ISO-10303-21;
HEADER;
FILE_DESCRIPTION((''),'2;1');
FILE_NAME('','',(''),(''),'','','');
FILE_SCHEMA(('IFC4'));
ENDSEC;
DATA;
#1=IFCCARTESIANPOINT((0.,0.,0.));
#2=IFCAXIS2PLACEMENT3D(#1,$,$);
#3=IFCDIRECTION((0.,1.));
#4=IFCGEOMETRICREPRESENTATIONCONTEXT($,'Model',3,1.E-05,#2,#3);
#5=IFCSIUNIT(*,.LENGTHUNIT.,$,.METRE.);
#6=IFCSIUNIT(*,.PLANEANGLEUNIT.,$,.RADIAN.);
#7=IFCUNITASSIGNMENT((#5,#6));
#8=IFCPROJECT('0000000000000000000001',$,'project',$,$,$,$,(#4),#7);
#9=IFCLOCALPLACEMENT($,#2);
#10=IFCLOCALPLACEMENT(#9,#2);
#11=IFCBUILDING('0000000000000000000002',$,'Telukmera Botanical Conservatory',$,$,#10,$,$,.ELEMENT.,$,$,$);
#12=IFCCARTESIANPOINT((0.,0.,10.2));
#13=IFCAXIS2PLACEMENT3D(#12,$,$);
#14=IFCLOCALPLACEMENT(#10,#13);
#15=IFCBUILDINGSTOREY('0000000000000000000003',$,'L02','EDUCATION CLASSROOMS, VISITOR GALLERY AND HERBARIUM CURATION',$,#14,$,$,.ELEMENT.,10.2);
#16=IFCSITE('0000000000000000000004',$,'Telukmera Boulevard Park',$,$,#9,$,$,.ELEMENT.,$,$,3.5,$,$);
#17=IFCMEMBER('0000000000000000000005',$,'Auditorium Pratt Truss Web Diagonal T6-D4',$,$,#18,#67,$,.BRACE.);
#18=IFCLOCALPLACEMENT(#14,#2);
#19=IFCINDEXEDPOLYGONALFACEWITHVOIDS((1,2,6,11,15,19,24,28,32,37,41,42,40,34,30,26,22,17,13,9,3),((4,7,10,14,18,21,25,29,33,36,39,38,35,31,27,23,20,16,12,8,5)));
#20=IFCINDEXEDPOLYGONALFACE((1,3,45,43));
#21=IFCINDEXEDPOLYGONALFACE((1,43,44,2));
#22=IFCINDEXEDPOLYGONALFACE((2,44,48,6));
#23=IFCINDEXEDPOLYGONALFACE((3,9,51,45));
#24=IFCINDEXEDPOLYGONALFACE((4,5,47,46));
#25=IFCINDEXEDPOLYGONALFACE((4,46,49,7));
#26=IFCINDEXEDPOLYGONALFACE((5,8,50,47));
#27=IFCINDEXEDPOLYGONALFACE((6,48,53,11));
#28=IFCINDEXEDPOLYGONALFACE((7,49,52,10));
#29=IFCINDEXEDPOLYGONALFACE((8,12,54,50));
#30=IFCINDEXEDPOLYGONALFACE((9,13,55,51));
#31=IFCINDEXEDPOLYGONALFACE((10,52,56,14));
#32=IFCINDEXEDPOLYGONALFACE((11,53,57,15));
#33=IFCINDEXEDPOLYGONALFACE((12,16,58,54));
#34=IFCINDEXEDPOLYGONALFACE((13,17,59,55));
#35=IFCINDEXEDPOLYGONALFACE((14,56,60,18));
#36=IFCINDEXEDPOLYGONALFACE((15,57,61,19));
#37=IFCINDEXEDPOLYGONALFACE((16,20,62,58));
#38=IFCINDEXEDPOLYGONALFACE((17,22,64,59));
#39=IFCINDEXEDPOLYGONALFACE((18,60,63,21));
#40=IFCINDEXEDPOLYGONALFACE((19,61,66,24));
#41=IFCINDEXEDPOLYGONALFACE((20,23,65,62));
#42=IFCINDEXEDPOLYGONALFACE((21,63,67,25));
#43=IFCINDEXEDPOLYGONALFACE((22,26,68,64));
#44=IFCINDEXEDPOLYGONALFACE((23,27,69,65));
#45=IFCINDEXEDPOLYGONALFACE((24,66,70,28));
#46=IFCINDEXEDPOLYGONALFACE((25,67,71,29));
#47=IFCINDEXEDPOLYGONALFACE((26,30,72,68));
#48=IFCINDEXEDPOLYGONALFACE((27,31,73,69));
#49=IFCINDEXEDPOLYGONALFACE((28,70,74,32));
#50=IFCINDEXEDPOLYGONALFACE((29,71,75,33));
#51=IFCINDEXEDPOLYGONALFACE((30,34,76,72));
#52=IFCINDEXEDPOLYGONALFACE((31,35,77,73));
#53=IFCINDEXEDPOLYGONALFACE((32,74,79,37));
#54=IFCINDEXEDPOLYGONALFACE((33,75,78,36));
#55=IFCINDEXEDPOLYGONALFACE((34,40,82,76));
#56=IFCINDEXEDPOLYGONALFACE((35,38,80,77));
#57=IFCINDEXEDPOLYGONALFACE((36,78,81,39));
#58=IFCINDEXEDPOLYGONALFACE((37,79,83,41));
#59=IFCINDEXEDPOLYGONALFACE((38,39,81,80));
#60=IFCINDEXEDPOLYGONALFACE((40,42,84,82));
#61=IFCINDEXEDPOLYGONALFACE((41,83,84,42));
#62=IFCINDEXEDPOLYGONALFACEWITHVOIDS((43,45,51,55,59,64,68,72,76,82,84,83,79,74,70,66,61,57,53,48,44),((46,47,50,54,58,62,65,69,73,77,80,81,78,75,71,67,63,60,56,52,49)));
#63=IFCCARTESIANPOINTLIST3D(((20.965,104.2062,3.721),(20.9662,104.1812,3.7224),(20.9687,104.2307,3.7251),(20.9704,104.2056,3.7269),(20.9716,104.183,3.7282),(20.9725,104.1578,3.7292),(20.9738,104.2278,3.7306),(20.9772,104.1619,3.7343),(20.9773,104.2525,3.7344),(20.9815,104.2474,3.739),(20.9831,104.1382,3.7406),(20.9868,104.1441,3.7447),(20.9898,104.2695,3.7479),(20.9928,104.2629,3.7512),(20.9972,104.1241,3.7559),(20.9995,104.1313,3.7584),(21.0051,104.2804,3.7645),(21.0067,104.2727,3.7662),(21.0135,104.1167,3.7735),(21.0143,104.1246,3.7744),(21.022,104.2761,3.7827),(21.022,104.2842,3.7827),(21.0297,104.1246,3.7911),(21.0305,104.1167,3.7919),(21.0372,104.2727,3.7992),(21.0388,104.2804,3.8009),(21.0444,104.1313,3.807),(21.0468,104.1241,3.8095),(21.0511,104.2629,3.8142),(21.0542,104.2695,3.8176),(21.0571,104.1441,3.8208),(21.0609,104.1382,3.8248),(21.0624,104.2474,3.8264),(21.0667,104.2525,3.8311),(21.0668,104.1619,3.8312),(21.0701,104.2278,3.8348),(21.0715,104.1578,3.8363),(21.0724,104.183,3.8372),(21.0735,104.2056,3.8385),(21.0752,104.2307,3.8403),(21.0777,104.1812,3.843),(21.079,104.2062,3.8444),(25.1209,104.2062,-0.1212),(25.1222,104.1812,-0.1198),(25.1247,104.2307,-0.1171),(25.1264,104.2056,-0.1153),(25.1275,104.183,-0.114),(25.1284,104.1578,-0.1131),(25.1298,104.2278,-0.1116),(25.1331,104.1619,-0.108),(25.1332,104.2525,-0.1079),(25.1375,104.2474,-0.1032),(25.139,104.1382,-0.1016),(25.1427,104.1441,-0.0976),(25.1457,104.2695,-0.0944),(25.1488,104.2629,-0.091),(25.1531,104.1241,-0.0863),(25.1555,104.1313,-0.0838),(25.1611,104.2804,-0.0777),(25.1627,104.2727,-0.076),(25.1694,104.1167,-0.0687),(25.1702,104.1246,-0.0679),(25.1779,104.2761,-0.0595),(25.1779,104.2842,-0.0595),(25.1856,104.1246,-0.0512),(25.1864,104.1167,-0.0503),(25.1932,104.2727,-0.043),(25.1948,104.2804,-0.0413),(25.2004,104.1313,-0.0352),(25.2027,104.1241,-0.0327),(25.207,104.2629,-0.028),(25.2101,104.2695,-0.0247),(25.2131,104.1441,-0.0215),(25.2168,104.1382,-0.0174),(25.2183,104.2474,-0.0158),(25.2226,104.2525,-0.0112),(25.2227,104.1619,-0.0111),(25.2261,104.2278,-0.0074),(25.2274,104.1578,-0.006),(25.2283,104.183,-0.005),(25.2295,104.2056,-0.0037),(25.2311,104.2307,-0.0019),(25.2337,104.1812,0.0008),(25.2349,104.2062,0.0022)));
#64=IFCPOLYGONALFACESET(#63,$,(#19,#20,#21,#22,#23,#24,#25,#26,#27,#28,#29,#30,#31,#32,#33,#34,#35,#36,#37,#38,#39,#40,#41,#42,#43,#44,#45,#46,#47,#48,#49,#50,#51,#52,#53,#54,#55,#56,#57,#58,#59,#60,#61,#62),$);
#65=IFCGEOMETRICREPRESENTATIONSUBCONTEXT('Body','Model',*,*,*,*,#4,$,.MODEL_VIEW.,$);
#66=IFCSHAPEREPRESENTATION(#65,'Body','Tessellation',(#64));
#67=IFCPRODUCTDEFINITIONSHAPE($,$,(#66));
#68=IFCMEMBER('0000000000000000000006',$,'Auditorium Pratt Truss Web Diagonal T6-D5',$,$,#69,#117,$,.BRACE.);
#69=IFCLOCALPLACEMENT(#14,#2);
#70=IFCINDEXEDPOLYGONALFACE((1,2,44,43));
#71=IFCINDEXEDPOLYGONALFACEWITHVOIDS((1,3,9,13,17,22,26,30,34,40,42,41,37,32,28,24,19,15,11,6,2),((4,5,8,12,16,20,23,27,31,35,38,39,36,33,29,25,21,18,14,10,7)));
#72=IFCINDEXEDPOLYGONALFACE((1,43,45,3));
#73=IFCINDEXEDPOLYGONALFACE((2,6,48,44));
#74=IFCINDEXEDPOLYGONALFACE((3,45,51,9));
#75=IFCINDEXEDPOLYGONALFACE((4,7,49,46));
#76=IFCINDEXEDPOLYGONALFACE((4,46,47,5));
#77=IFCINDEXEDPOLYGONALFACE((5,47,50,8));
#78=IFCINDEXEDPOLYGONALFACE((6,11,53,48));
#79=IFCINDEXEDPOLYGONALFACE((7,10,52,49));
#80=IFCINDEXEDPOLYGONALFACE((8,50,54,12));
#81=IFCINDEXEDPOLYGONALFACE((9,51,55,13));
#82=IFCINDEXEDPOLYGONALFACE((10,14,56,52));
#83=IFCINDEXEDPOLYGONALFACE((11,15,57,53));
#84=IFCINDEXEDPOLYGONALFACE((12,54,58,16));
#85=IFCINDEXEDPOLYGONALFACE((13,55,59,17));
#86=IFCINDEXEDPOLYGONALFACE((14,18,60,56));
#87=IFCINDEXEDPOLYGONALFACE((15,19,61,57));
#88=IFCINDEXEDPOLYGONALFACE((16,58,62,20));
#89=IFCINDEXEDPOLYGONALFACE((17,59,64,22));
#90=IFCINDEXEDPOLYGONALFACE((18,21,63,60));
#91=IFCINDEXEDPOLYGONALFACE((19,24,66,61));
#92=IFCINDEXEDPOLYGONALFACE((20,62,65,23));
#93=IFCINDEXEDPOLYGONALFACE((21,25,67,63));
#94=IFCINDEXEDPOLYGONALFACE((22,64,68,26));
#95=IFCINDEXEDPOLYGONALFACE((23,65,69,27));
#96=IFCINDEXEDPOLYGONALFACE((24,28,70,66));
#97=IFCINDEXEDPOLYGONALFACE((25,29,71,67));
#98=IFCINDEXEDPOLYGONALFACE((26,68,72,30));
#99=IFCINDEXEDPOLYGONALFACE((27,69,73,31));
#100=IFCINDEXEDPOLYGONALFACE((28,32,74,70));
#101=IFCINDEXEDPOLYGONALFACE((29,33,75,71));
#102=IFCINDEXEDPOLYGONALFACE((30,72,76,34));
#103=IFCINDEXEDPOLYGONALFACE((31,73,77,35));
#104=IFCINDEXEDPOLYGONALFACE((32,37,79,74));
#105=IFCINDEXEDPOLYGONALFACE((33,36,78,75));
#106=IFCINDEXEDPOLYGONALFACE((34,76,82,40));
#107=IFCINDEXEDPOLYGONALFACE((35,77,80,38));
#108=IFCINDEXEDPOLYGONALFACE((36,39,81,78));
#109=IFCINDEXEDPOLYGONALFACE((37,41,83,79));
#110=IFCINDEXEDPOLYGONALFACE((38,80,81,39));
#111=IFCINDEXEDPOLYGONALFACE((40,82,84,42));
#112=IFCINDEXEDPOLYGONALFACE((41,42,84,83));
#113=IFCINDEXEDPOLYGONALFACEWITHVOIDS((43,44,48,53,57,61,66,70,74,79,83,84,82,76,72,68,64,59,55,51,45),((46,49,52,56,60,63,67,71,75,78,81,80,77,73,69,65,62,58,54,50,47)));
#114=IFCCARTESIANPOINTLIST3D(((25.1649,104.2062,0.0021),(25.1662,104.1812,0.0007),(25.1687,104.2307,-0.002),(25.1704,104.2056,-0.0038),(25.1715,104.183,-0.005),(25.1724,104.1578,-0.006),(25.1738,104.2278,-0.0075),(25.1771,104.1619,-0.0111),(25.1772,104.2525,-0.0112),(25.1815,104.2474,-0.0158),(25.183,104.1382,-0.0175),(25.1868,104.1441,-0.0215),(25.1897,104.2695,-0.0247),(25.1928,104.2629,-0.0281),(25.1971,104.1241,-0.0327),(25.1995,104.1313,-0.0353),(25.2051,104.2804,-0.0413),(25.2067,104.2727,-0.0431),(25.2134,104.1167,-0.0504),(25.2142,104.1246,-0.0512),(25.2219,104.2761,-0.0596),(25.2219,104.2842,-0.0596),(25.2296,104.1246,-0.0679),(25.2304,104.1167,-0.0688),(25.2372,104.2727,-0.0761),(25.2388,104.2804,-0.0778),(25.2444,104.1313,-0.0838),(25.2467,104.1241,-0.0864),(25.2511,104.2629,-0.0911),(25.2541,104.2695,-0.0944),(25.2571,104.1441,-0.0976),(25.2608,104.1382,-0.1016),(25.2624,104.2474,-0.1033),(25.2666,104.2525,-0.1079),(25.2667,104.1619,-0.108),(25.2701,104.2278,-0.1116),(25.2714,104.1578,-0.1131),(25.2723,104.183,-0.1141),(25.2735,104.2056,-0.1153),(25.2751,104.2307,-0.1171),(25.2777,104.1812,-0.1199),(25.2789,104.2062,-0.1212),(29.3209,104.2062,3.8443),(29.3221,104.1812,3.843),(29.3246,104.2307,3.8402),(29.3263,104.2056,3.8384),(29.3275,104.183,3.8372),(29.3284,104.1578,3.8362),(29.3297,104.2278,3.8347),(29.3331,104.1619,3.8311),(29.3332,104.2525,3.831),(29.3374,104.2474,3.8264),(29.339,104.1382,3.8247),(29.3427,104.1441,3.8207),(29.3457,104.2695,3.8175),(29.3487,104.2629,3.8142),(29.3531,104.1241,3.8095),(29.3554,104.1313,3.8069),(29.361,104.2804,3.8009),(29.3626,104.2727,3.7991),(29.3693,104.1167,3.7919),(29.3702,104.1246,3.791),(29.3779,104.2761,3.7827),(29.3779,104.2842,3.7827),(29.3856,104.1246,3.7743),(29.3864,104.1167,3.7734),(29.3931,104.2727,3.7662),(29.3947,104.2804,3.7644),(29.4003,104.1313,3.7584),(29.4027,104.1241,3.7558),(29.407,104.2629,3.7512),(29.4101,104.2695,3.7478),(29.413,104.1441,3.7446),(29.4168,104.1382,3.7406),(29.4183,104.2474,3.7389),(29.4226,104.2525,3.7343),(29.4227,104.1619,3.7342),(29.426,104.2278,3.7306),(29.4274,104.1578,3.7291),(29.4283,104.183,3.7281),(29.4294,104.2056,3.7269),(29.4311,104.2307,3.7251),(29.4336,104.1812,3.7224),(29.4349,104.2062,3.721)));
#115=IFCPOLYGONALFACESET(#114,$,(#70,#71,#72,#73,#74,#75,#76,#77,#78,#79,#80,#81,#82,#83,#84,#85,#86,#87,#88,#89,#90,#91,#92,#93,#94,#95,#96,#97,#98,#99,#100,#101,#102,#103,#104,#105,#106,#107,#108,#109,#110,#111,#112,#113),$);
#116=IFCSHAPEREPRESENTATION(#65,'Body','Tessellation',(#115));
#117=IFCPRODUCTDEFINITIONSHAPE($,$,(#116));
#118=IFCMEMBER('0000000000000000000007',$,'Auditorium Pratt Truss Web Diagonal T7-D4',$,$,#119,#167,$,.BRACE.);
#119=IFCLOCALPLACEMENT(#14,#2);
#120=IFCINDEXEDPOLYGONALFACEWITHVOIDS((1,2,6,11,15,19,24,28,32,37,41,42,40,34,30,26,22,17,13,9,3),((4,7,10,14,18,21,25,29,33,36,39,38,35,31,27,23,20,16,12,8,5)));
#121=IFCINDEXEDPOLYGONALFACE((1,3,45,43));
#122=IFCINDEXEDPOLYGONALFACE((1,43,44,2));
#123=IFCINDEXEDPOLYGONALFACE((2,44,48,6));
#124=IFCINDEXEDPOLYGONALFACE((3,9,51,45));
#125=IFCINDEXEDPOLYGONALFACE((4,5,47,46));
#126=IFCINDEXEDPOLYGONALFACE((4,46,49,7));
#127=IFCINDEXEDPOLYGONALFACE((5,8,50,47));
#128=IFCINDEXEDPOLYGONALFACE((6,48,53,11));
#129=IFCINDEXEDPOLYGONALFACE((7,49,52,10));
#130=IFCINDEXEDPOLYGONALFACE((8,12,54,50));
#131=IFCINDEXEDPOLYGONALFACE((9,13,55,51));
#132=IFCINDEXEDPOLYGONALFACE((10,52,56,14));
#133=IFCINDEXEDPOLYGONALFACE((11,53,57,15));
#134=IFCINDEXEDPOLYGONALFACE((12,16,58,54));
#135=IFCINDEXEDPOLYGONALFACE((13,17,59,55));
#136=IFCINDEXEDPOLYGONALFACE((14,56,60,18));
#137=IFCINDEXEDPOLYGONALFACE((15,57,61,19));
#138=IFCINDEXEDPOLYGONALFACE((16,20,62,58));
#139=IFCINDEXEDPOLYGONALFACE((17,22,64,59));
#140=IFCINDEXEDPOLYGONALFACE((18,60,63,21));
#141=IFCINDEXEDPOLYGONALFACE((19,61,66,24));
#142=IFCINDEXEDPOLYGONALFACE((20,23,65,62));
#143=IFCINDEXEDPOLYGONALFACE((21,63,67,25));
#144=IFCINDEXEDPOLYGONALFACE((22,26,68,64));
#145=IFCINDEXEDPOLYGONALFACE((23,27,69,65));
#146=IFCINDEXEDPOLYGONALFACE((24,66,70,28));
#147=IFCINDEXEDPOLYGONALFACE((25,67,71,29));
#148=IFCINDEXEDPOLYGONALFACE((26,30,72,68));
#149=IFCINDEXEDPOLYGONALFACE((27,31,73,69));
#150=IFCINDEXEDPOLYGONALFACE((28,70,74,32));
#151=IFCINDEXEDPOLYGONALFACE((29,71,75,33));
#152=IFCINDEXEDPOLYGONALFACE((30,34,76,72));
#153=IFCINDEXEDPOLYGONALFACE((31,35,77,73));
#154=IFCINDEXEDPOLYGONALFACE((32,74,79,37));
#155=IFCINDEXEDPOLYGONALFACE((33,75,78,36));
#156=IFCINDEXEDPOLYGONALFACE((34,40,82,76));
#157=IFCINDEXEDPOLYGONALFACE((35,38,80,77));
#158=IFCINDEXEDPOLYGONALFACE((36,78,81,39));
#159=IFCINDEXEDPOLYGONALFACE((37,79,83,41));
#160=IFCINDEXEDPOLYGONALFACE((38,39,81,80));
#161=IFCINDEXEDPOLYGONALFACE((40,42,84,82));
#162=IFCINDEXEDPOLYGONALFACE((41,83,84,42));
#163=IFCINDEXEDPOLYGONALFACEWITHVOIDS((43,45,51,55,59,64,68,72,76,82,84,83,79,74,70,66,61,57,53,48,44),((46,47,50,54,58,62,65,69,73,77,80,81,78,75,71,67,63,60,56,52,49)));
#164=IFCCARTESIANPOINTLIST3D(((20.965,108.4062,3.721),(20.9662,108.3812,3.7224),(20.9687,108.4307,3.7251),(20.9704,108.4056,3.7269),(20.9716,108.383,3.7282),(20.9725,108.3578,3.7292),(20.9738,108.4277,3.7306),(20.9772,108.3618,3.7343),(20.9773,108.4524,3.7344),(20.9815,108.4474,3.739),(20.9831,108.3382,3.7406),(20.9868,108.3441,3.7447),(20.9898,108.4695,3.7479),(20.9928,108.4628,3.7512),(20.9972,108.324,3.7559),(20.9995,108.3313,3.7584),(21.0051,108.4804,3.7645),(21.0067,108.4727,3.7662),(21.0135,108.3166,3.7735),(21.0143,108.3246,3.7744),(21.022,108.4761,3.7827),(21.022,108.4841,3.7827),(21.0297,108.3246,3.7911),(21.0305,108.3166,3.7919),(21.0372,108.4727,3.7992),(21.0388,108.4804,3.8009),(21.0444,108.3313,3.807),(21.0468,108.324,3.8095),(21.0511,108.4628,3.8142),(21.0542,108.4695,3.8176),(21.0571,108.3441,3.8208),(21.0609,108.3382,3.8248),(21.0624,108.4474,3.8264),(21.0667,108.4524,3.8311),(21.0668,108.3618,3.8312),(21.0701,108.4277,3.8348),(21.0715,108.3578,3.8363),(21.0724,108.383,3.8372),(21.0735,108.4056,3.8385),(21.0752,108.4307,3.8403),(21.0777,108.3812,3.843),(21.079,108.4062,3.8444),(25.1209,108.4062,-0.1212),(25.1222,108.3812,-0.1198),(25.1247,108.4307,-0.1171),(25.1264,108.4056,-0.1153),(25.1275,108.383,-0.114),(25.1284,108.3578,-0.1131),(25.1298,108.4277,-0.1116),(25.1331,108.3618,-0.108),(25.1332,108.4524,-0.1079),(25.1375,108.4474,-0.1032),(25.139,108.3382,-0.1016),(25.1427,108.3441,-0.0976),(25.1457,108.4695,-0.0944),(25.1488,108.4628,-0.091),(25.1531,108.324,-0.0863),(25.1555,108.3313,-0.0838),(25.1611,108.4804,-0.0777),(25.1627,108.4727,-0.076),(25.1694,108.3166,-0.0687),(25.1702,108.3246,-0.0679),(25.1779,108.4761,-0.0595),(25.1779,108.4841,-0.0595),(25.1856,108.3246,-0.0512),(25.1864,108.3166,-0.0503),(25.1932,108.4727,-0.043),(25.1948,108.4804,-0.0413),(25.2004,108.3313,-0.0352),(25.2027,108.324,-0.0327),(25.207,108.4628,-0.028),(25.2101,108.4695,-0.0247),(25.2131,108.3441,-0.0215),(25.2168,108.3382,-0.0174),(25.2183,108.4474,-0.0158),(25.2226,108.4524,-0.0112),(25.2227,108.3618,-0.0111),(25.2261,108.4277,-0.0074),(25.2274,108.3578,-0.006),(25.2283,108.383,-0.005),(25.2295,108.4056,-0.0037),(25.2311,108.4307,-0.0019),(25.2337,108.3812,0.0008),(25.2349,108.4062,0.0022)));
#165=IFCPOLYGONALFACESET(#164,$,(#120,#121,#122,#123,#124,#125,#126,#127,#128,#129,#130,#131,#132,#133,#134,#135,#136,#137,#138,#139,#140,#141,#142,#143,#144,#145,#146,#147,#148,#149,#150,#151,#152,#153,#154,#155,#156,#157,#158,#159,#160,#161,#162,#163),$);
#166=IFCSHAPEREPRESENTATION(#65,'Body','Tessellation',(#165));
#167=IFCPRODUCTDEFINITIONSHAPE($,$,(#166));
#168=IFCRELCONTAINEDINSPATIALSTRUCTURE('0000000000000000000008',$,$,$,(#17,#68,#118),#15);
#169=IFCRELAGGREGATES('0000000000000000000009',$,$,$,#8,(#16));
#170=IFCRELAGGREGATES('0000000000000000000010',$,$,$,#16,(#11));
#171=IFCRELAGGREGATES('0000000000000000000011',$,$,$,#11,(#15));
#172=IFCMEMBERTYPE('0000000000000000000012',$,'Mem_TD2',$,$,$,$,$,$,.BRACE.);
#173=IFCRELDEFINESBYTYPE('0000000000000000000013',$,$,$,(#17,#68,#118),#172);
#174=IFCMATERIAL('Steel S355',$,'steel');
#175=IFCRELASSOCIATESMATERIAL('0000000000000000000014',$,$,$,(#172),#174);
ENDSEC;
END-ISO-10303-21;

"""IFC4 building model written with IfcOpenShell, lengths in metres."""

from ifc_helpers import new_model, si_unit, direction, frame, origin, origin_2d, place, context, subcontext, project, spatial, hollow_circle, extrude, material, material_profile, profile_set, type_object, element, save


model = new_model("IFC4")

# Units and contexts
model_context = context("Model", 3, precision=1e-05, world=origin(), true_north=direction((0.0, 1.0)))
body_context = subcontext(model_context, "Body", "Model", "MODEL_VIEW")
ifc_project = project(units=[si_unit("LENGTHUNIT", "METRE"), si_unit("PLANEANGLEUNIT", "RADIAN")], contexts=[model_context])

# Site, building, storey
site_placement = place(None, origin())
site = spatial("IfcSite", under=ifc_project, at=site_placement, Name="Telukmera Boulevard Park", CompositionType="ELEMENT", RefElevation=3.5)
building_placement = place(site_placement, origin())
building = spatial("IfcBuilding", under=site, at=building_placement, Name="Telukmera Botanical Conservatory", CompositionType="ELEMENT")
storey_placement = place(building_placement, frame((0.0, 0.0, 10.2)))
storey = spatial("IfcBuildingStorey", under=building, at=storey_placement, Name="L02", Description="EDUCATION CLASSROOMS, VISITOR GALLERY AND HERBARIUM CURATION", CompositionType="ELEMENT", Elevation=10.2)

# Members
ifc_material = material(Name="Steel S355", Category="steel")
ifc_material_profile_1 = material_profile(ifc_material, hollow_circle(Radius=0.0842, WallThickness=0.0081, at=origin_2d()), Name="CHS 168.3x8.0")
ifc_profile_set_1 = profile_set([ifc_material_profile_1], Name="Steel S355")
member_type_1 = type_object("IfcMemberType", Name="Mem_TD2", PredefinedType="BRACE", material=ifc_profile_set_1)
for number, where, z_axis, x_axis, name in (
    (1, (21.022, 104.2, 3.7827), (0.734277, 0.0, -0.67885), (0.0, 1.0, 0.0), "Auditorium Pratt Truss Web Diagonal T6-D4"),
    (2, (25.2219, 104.2, -0.0596), (0.734277, 0.0, 0.67885), (0.0, 1.0, 0.0), "Auditorium Pratt Truss Web Diagonal T6-D5"),
    (3, (21.022, 108.3999, 3.7827), (0.734277, 0.0, -0.67885), (0.0, 1.0, 0.0), "Auditorium Pratt Truss Web Diagonal T7-D4"),
):
    element("IfcMember", number, at=place(storey_placement, frame(where, z_axis=z_axis, x_axis=x_axis)), inside=storey, type_object=member_type_1, Name=name, PredefinedType="BRACE", context=body_context, shape_type="SweptSolid", body=[
        extrude(hollow_circle(Radius=0.0842, WallThickness=0.0081, at=origin_2d()), origin(), (0.0, 0.0, 1.0), 5.6599),
    ])

save(model, "model.ifc")
